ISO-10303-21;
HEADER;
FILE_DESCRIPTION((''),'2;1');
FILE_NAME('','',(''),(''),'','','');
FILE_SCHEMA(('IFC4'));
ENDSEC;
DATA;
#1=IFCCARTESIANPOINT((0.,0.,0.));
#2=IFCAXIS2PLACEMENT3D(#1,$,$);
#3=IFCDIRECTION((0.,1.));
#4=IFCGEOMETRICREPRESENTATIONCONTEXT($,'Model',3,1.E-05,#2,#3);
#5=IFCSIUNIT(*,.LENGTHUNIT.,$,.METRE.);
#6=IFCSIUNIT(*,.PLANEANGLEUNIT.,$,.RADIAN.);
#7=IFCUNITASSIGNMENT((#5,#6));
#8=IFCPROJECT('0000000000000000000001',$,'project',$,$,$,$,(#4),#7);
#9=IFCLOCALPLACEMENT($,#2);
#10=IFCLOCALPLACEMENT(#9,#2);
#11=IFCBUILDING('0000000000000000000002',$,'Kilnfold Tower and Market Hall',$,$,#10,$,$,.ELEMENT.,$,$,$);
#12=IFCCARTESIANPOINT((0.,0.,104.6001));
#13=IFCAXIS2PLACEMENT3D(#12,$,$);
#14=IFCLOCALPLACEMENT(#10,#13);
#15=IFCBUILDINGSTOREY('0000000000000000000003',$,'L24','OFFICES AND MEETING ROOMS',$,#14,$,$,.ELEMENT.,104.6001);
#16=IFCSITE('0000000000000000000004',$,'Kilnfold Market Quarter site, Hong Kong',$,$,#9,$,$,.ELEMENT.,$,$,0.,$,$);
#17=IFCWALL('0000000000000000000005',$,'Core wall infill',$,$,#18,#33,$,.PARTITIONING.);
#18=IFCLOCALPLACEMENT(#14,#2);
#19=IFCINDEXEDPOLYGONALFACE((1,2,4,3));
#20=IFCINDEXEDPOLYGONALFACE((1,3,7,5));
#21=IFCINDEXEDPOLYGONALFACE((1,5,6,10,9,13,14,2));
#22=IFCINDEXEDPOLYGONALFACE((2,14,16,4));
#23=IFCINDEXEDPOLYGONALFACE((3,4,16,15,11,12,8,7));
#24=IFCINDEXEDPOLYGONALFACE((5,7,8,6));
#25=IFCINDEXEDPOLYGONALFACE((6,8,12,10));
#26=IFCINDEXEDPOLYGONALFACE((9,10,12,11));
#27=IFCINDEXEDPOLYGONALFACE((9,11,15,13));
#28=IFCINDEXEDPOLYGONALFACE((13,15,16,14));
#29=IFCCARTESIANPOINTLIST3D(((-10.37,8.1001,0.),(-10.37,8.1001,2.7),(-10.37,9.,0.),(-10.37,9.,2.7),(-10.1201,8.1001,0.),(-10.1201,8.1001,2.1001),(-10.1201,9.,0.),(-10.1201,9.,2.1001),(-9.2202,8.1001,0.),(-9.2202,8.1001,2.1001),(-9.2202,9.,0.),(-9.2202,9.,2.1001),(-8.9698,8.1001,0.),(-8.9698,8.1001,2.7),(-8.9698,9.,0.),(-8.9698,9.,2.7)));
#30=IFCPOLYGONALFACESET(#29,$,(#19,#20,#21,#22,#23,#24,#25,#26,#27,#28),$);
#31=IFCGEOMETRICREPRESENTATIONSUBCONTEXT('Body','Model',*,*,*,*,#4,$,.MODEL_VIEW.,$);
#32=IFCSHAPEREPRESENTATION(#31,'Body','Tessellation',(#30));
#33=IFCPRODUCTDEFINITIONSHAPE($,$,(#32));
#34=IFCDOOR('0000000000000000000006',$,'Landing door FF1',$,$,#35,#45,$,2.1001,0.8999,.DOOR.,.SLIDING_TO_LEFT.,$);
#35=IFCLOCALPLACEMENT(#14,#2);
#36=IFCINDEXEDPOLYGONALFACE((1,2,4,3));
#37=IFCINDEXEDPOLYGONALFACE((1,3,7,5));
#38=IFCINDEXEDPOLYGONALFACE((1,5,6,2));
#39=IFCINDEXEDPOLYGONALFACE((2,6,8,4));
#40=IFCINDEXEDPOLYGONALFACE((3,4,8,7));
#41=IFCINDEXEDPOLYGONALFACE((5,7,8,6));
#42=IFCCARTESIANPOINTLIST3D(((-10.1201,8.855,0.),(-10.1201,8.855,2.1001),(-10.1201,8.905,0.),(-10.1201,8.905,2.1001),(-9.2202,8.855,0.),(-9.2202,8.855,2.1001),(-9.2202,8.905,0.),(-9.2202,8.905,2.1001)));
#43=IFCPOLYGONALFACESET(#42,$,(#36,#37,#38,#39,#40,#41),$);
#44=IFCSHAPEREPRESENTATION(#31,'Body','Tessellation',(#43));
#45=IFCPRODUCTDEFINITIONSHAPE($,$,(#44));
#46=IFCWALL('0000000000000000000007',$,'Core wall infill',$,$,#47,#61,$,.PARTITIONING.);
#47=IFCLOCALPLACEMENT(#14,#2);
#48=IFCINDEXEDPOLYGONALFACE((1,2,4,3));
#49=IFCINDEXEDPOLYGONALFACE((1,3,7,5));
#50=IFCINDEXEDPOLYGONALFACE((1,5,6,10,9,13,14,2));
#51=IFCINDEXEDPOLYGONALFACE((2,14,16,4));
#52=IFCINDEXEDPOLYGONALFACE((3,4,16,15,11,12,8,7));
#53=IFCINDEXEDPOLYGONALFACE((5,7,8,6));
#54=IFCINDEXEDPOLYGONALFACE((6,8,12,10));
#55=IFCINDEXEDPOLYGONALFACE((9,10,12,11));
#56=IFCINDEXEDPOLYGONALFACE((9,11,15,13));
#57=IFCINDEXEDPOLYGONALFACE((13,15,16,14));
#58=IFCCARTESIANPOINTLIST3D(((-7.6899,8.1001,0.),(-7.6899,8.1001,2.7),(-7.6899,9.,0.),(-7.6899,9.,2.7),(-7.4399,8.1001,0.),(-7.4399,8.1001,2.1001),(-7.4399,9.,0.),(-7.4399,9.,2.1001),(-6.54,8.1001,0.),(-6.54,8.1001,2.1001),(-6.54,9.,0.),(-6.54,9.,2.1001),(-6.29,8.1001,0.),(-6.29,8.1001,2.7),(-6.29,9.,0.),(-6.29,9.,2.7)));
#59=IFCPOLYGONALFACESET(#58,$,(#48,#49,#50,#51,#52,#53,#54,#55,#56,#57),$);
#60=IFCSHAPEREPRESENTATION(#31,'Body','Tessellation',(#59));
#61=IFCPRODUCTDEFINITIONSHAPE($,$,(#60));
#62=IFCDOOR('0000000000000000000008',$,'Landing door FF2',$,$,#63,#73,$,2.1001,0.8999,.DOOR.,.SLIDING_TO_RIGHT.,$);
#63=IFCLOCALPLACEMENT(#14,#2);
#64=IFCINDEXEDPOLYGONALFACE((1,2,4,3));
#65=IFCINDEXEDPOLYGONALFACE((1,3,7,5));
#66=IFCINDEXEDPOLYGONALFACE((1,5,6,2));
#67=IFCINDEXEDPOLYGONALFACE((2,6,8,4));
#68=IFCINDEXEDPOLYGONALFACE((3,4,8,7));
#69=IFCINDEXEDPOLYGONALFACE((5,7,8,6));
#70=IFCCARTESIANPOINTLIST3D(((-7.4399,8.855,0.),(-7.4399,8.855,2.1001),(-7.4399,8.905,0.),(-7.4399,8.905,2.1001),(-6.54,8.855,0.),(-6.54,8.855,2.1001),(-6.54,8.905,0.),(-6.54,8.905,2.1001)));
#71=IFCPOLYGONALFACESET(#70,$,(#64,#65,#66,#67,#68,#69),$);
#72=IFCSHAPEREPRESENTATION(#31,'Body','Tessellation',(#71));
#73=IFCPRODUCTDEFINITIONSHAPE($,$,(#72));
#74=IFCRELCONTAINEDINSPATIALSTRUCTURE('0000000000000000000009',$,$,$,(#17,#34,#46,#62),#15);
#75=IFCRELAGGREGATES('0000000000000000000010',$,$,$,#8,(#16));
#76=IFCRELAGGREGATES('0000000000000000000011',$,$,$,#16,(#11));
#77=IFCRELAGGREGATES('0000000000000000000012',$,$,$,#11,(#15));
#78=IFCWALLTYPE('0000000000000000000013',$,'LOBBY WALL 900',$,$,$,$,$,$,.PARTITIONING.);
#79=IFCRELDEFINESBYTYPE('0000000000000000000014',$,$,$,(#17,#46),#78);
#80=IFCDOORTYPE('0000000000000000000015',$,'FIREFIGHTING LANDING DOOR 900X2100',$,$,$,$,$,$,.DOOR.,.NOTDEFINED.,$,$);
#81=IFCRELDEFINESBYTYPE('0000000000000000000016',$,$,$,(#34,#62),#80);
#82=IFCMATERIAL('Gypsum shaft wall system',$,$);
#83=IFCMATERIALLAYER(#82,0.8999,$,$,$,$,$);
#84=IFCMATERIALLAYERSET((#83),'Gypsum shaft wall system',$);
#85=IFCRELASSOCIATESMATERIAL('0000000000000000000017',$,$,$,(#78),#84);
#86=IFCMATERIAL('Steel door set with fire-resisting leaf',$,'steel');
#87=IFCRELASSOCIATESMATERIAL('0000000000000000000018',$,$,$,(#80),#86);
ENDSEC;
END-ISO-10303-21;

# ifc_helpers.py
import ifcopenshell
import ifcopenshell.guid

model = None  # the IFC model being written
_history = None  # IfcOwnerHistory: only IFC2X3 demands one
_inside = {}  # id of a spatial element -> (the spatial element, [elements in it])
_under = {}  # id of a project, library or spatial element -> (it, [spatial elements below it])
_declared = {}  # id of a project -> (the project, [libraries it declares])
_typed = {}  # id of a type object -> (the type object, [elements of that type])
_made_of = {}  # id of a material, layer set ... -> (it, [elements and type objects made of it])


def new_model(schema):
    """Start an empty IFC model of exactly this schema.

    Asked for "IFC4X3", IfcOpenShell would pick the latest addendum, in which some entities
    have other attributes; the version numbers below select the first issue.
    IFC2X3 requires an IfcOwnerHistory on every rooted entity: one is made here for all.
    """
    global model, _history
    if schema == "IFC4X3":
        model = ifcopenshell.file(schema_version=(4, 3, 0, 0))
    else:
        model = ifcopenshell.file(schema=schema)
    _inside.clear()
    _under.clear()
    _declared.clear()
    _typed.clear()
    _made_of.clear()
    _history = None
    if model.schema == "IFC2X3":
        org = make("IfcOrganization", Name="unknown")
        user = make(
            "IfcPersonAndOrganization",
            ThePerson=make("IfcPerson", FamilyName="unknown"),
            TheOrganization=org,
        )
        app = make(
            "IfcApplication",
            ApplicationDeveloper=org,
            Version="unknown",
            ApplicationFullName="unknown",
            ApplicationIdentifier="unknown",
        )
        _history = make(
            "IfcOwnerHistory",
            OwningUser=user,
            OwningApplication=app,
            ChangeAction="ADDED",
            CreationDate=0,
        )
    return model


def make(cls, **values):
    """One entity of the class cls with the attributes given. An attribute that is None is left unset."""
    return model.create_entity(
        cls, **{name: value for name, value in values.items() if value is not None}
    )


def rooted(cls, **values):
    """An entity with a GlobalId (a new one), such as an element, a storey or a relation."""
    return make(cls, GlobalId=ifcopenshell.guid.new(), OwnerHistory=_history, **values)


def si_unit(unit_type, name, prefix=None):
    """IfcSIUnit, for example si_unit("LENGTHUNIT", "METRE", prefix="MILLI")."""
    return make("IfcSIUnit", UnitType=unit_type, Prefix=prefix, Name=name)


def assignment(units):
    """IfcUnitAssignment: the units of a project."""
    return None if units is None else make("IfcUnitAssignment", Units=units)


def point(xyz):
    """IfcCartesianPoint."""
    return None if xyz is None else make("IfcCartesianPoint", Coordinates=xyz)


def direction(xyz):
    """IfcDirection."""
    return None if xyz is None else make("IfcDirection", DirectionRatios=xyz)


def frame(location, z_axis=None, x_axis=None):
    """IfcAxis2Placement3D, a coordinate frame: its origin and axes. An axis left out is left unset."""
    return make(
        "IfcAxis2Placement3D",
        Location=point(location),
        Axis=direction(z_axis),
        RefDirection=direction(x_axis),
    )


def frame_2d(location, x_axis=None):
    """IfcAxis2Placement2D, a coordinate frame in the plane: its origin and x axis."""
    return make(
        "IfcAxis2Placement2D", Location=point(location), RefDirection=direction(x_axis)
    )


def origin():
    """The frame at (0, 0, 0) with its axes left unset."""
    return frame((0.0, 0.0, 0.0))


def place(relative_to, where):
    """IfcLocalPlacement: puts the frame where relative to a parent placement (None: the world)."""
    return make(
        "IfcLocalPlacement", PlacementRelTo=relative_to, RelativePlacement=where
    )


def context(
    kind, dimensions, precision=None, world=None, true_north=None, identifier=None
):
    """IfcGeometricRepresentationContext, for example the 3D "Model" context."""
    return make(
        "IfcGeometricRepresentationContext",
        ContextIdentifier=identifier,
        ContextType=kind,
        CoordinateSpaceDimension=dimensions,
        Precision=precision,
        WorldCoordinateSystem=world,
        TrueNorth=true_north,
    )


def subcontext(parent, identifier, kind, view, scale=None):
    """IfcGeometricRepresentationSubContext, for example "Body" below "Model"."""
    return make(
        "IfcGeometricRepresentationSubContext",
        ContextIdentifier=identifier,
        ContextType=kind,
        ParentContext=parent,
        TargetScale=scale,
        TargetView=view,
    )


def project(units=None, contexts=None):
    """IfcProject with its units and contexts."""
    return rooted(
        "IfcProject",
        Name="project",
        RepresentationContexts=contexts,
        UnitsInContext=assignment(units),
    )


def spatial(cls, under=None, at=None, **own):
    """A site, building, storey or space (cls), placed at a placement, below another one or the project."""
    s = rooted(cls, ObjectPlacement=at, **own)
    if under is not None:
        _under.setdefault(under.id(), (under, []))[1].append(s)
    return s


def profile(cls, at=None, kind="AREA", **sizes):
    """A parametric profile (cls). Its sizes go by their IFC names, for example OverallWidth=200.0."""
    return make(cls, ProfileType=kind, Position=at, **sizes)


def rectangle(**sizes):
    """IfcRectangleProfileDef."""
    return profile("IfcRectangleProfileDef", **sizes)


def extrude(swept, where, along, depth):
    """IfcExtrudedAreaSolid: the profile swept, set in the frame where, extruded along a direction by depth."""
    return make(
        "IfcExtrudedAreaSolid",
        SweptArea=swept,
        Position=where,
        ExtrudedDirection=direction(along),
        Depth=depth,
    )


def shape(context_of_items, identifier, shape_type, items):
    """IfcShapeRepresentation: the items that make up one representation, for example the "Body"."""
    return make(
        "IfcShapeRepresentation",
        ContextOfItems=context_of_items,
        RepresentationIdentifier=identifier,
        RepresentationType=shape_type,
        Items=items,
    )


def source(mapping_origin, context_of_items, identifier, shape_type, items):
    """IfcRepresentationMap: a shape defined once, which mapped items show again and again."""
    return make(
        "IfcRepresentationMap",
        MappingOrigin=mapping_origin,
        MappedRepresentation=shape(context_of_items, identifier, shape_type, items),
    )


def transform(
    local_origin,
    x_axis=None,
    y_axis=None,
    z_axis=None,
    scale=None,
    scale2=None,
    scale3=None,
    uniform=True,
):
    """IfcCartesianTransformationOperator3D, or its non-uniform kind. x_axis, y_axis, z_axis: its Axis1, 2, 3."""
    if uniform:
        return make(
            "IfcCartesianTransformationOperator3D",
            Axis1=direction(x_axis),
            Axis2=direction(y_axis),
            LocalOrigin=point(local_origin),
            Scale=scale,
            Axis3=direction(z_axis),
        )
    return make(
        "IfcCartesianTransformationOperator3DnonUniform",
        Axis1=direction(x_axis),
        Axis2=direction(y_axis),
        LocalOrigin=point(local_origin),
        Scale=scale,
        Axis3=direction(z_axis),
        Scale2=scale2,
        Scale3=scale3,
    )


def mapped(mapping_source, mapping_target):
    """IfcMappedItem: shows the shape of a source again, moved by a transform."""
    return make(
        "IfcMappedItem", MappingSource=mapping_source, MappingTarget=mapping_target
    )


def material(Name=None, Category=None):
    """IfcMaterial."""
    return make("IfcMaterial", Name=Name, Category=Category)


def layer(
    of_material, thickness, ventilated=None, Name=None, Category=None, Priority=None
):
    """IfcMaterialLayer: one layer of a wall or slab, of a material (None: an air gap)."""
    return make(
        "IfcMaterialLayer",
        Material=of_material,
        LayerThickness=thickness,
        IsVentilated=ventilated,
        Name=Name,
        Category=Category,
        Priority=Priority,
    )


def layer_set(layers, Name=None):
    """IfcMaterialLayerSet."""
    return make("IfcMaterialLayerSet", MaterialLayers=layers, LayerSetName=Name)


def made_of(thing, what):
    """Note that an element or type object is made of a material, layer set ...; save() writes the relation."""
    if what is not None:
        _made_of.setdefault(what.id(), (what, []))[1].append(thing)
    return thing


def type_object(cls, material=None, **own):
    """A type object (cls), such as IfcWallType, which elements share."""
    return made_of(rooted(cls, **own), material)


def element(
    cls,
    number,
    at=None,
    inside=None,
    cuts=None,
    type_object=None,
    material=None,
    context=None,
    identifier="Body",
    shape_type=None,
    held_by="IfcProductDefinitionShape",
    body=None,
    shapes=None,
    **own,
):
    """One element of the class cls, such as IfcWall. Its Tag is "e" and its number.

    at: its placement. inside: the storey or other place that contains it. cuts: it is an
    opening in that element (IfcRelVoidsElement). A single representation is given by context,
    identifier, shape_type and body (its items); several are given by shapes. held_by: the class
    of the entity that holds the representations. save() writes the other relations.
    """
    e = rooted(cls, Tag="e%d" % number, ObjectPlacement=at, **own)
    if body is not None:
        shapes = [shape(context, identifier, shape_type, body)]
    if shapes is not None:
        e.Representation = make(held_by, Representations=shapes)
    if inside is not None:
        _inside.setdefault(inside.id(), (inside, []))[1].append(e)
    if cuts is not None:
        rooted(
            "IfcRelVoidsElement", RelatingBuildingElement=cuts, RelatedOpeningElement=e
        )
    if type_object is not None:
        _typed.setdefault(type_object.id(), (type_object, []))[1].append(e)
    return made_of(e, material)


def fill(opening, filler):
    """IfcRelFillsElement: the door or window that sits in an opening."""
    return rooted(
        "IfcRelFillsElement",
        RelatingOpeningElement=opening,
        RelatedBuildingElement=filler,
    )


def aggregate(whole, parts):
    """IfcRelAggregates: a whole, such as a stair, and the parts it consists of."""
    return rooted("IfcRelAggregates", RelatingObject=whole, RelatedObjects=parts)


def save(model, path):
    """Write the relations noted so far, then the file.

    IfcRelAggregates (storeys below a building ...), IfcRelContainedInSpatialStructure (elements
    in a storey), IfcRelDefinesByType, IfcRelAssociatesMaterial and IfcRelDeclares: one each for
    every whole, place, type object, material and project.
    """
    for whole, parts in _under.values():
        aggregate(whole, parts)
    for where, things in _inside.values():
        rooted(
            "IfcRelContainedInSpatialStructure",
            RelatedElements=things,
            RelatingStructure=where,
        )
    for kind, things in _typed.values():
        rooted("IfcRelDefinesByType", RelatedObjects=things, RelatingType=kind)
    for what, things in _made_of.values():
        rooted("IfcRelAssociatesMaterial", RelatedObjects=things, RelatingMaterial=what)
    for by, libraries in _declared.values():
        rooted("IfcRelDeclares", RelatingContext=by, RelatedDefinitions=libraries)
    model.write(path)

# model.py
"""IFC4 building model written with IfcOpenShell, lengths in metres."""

from ifc_helpers import new_model, si_unit, direction, frame, frame_2d, origin, place, context, subcontext, project, spatial, rectangle, extrude, source, transform, mapped, material, layer, layer_set, type_object, element, fill, save


model = new_model("IFC4")

# Units and contexts
model_context = context("Model", 3, precision=1e-05, world=origin(), true_north=direction((0.0, 1.0)))
body_context = subcontext(model_context, "Body", "Model", "MODEL_VIEW")
ifc_project = project(units=[si_unit("LENGTHUNIT", "METRE"), si_unit("PLANEANGLEUNIT", "RADIAN")], contexts=[model_context])

# Site, building, storey
site_placement = place(None, origin())
site = spatial("IfcSite", under=ifc_project, at=site_placement, Name="Kilnfold Market Quarter site, Hong Kong", CompositionType="ELEMENT", RefElevation=0.0)
building_placement = place(site_placement, origin())
building = spatial("IfcBuilding", under=site, at=building_placement, Name="Kilnfold Tower and Market Hall", CompositionType="ELEMENT")
storey_placement = place(building_placement, frame((0.0, 0.0, 104.6001)))
storey = spatial("IfcBuildingStorey", under=building, at=storey_placement, Name="L24", Description="OFFICES AND MEETING ROOMS", CompositionType="ELEMENT", Elevation=104.6001)

# Walls, openings, doors
ifc_material_1 = material(Name="Gypsum shaft wall system")
ifc_layer_1 = layer(ifc_material_1, 0.8999)
ifc_layer_set_1 = layer_set([ifc_layer_1], Name="Gypsum shaft wall system")
wall_type_1 = type_object("IfcWallType", Name="LOBBY WALL 900", PredefinedType="PARTITIONING", material=ifc_layer_set_1)
shared_shape_1 = source(origin(), body_context, "Body", "SweptSolid", [
    extrude(rectangle(XDim=1.4001, YDim=0.8999, at=frame_2d((0.7002, 0.0))), origin(), (0.0, 0.0, 1.0), 2.7),
])
wall_1_placement = place(storey_placement, frame((-10.3701, 8.55, 0.0), z_axis=(0.0, 0.0, 1.0), x_axis=(1.0, 0.0, 0.0)))
wall_1 = element("IfcWall", 1, at=wall_1_placement, inside=storey, type_object=wall_type_1, Name="Core wall infill", PredefinedType="PARTITIONING", context=body_context, shape_type="MappedRepresentation", body=[
    mapped(shared_shape_1, transform((0.0, 0.0, 0.0))),
])
opening_1_placement = place(wall_1_placement, frame((0.25, 0.0, 0.0)))
opening_1 = element("IfcOpeningElement", 2, at=opening_1_placement, cuts=wall_1, PredefinedType="OPENING", context=body_context, shape_type="SweptSolid", body=[
    extrude(rectangle(XDim=0.8999, YDim=2.1001, at=frame_2d((0.45, 1.05))), frame((0.0, 0.46, 0.0), z_axis=(0.0, -1.0, 0.0), x_axis=(1.0, 0.0, 0.0)), (0.0, 0.0, 1.0), 0.9199),
])
ifc_material_2 = material(Name="Steel door set with fire-resisting leaf", Category="steel")
door_type_1 = type_object("IfcDoorType", Name="FIREFIGHTING LANDING DOOR 900X2100", OperationType="NOTDEFINED", PredefinedType="DOOR", material=ifc_material_2)
door_1_placement = place(opening_1_placement, origin())
door_1 = element("IfcDoor", 3, at=door_1_placement, inside=storey, type_object=door_type_1, Name="Landing door FF1", OperationType="SLIDING_TO_LEFT", OverallHeight=2.1001, OverallWidth=0.8999, PredefinedType="DOOR", context=body_context, shape_type="SweptSolid", body=[
    extrude(rectangle(XDim=0.8999, YDim=2.1001, at=frame_2d((0.45, 1.05))), frame((0.0, 0.355, 0.0), z_axis=(0.0, -1.0, 0.0), x_axis=(1.0, 0.0, 0.0)), (0.0, 0.0, 1.0), 0.05),
])
fill(opening_1, door_1)
shared_shape_2 = source(origin(), body_context, "Body", "SweptSolid", [
    extrude(rectangle(XDim=1.3999, YDim=0.8999, at=frame_2d((0.7, 0.0))), origin(), (0.0, 0.0, 1.0), 2.7),
])
wall_2_placement = place(storey_placement, frame((-7.6899, 8.55, 0.0), z_axis=(0.0, 0.0, 1.0), x_axis=(1.0, 0.0, 0.0)))
wall_2 = element("IfcWall", 4, at=wall_2_placement, inside=storey, type_object=wall_type_1, Name="Core wall infill", PredefinedType="PARTITIONING", context=body_context, shape_type="MappedRepresentation", body=[
    mapped(shared_shape_2, transform((0.0, 0.0, 0.0))),
])
opening_2_placement = place(wall_2_placement, frame((0.25, 0.0, 0.0)))
opening_2 = element("IfcOpeningElement", 5, at=opening_2_placement, cuts=wall_2, PredefinedType="OPENING", context=body_context, shape_type="SweptSolid", body=[
    extrude(rectangle(XDim=0.8999, YDim=2.1001, at=frame_2d((0.45, 1.05))), frame((0.0, 0.46, 0.0), z_axis=(0.0, -1.0, 0.0), x_axis=(1.0, 0.0, 0.0)), (0.0, 0.0, 1.0), 0.9199),
])
door_2_placement = place(opening_2_placement, origin())
door_2 = element("IfcDoor", 6, at=door_2_placement, inside=storey, type_object=door_type_1, Name="Landing door FF2", OperationType="SLIDING_TO_RIGHT", OverallHeight=2.1001, OverallWidth=0.8999, PredefinedType="DOOR", context=body_context, shape_type="SweptSolid", body=[
    extrude(rectangle(XDim=0.8999, YDim=2.1001, at=frame_2d((0.45, 1.05))), frame((0.0, 0.355, 0.0), z_axis=(0.0, -1.0, 0.0), x_axis=(1.0, 0.0, 0.0)), (0.0, 0.0, 1.0), 0.05),
])
fill(opening_2, door_2)

save(model, "model.ifc")
